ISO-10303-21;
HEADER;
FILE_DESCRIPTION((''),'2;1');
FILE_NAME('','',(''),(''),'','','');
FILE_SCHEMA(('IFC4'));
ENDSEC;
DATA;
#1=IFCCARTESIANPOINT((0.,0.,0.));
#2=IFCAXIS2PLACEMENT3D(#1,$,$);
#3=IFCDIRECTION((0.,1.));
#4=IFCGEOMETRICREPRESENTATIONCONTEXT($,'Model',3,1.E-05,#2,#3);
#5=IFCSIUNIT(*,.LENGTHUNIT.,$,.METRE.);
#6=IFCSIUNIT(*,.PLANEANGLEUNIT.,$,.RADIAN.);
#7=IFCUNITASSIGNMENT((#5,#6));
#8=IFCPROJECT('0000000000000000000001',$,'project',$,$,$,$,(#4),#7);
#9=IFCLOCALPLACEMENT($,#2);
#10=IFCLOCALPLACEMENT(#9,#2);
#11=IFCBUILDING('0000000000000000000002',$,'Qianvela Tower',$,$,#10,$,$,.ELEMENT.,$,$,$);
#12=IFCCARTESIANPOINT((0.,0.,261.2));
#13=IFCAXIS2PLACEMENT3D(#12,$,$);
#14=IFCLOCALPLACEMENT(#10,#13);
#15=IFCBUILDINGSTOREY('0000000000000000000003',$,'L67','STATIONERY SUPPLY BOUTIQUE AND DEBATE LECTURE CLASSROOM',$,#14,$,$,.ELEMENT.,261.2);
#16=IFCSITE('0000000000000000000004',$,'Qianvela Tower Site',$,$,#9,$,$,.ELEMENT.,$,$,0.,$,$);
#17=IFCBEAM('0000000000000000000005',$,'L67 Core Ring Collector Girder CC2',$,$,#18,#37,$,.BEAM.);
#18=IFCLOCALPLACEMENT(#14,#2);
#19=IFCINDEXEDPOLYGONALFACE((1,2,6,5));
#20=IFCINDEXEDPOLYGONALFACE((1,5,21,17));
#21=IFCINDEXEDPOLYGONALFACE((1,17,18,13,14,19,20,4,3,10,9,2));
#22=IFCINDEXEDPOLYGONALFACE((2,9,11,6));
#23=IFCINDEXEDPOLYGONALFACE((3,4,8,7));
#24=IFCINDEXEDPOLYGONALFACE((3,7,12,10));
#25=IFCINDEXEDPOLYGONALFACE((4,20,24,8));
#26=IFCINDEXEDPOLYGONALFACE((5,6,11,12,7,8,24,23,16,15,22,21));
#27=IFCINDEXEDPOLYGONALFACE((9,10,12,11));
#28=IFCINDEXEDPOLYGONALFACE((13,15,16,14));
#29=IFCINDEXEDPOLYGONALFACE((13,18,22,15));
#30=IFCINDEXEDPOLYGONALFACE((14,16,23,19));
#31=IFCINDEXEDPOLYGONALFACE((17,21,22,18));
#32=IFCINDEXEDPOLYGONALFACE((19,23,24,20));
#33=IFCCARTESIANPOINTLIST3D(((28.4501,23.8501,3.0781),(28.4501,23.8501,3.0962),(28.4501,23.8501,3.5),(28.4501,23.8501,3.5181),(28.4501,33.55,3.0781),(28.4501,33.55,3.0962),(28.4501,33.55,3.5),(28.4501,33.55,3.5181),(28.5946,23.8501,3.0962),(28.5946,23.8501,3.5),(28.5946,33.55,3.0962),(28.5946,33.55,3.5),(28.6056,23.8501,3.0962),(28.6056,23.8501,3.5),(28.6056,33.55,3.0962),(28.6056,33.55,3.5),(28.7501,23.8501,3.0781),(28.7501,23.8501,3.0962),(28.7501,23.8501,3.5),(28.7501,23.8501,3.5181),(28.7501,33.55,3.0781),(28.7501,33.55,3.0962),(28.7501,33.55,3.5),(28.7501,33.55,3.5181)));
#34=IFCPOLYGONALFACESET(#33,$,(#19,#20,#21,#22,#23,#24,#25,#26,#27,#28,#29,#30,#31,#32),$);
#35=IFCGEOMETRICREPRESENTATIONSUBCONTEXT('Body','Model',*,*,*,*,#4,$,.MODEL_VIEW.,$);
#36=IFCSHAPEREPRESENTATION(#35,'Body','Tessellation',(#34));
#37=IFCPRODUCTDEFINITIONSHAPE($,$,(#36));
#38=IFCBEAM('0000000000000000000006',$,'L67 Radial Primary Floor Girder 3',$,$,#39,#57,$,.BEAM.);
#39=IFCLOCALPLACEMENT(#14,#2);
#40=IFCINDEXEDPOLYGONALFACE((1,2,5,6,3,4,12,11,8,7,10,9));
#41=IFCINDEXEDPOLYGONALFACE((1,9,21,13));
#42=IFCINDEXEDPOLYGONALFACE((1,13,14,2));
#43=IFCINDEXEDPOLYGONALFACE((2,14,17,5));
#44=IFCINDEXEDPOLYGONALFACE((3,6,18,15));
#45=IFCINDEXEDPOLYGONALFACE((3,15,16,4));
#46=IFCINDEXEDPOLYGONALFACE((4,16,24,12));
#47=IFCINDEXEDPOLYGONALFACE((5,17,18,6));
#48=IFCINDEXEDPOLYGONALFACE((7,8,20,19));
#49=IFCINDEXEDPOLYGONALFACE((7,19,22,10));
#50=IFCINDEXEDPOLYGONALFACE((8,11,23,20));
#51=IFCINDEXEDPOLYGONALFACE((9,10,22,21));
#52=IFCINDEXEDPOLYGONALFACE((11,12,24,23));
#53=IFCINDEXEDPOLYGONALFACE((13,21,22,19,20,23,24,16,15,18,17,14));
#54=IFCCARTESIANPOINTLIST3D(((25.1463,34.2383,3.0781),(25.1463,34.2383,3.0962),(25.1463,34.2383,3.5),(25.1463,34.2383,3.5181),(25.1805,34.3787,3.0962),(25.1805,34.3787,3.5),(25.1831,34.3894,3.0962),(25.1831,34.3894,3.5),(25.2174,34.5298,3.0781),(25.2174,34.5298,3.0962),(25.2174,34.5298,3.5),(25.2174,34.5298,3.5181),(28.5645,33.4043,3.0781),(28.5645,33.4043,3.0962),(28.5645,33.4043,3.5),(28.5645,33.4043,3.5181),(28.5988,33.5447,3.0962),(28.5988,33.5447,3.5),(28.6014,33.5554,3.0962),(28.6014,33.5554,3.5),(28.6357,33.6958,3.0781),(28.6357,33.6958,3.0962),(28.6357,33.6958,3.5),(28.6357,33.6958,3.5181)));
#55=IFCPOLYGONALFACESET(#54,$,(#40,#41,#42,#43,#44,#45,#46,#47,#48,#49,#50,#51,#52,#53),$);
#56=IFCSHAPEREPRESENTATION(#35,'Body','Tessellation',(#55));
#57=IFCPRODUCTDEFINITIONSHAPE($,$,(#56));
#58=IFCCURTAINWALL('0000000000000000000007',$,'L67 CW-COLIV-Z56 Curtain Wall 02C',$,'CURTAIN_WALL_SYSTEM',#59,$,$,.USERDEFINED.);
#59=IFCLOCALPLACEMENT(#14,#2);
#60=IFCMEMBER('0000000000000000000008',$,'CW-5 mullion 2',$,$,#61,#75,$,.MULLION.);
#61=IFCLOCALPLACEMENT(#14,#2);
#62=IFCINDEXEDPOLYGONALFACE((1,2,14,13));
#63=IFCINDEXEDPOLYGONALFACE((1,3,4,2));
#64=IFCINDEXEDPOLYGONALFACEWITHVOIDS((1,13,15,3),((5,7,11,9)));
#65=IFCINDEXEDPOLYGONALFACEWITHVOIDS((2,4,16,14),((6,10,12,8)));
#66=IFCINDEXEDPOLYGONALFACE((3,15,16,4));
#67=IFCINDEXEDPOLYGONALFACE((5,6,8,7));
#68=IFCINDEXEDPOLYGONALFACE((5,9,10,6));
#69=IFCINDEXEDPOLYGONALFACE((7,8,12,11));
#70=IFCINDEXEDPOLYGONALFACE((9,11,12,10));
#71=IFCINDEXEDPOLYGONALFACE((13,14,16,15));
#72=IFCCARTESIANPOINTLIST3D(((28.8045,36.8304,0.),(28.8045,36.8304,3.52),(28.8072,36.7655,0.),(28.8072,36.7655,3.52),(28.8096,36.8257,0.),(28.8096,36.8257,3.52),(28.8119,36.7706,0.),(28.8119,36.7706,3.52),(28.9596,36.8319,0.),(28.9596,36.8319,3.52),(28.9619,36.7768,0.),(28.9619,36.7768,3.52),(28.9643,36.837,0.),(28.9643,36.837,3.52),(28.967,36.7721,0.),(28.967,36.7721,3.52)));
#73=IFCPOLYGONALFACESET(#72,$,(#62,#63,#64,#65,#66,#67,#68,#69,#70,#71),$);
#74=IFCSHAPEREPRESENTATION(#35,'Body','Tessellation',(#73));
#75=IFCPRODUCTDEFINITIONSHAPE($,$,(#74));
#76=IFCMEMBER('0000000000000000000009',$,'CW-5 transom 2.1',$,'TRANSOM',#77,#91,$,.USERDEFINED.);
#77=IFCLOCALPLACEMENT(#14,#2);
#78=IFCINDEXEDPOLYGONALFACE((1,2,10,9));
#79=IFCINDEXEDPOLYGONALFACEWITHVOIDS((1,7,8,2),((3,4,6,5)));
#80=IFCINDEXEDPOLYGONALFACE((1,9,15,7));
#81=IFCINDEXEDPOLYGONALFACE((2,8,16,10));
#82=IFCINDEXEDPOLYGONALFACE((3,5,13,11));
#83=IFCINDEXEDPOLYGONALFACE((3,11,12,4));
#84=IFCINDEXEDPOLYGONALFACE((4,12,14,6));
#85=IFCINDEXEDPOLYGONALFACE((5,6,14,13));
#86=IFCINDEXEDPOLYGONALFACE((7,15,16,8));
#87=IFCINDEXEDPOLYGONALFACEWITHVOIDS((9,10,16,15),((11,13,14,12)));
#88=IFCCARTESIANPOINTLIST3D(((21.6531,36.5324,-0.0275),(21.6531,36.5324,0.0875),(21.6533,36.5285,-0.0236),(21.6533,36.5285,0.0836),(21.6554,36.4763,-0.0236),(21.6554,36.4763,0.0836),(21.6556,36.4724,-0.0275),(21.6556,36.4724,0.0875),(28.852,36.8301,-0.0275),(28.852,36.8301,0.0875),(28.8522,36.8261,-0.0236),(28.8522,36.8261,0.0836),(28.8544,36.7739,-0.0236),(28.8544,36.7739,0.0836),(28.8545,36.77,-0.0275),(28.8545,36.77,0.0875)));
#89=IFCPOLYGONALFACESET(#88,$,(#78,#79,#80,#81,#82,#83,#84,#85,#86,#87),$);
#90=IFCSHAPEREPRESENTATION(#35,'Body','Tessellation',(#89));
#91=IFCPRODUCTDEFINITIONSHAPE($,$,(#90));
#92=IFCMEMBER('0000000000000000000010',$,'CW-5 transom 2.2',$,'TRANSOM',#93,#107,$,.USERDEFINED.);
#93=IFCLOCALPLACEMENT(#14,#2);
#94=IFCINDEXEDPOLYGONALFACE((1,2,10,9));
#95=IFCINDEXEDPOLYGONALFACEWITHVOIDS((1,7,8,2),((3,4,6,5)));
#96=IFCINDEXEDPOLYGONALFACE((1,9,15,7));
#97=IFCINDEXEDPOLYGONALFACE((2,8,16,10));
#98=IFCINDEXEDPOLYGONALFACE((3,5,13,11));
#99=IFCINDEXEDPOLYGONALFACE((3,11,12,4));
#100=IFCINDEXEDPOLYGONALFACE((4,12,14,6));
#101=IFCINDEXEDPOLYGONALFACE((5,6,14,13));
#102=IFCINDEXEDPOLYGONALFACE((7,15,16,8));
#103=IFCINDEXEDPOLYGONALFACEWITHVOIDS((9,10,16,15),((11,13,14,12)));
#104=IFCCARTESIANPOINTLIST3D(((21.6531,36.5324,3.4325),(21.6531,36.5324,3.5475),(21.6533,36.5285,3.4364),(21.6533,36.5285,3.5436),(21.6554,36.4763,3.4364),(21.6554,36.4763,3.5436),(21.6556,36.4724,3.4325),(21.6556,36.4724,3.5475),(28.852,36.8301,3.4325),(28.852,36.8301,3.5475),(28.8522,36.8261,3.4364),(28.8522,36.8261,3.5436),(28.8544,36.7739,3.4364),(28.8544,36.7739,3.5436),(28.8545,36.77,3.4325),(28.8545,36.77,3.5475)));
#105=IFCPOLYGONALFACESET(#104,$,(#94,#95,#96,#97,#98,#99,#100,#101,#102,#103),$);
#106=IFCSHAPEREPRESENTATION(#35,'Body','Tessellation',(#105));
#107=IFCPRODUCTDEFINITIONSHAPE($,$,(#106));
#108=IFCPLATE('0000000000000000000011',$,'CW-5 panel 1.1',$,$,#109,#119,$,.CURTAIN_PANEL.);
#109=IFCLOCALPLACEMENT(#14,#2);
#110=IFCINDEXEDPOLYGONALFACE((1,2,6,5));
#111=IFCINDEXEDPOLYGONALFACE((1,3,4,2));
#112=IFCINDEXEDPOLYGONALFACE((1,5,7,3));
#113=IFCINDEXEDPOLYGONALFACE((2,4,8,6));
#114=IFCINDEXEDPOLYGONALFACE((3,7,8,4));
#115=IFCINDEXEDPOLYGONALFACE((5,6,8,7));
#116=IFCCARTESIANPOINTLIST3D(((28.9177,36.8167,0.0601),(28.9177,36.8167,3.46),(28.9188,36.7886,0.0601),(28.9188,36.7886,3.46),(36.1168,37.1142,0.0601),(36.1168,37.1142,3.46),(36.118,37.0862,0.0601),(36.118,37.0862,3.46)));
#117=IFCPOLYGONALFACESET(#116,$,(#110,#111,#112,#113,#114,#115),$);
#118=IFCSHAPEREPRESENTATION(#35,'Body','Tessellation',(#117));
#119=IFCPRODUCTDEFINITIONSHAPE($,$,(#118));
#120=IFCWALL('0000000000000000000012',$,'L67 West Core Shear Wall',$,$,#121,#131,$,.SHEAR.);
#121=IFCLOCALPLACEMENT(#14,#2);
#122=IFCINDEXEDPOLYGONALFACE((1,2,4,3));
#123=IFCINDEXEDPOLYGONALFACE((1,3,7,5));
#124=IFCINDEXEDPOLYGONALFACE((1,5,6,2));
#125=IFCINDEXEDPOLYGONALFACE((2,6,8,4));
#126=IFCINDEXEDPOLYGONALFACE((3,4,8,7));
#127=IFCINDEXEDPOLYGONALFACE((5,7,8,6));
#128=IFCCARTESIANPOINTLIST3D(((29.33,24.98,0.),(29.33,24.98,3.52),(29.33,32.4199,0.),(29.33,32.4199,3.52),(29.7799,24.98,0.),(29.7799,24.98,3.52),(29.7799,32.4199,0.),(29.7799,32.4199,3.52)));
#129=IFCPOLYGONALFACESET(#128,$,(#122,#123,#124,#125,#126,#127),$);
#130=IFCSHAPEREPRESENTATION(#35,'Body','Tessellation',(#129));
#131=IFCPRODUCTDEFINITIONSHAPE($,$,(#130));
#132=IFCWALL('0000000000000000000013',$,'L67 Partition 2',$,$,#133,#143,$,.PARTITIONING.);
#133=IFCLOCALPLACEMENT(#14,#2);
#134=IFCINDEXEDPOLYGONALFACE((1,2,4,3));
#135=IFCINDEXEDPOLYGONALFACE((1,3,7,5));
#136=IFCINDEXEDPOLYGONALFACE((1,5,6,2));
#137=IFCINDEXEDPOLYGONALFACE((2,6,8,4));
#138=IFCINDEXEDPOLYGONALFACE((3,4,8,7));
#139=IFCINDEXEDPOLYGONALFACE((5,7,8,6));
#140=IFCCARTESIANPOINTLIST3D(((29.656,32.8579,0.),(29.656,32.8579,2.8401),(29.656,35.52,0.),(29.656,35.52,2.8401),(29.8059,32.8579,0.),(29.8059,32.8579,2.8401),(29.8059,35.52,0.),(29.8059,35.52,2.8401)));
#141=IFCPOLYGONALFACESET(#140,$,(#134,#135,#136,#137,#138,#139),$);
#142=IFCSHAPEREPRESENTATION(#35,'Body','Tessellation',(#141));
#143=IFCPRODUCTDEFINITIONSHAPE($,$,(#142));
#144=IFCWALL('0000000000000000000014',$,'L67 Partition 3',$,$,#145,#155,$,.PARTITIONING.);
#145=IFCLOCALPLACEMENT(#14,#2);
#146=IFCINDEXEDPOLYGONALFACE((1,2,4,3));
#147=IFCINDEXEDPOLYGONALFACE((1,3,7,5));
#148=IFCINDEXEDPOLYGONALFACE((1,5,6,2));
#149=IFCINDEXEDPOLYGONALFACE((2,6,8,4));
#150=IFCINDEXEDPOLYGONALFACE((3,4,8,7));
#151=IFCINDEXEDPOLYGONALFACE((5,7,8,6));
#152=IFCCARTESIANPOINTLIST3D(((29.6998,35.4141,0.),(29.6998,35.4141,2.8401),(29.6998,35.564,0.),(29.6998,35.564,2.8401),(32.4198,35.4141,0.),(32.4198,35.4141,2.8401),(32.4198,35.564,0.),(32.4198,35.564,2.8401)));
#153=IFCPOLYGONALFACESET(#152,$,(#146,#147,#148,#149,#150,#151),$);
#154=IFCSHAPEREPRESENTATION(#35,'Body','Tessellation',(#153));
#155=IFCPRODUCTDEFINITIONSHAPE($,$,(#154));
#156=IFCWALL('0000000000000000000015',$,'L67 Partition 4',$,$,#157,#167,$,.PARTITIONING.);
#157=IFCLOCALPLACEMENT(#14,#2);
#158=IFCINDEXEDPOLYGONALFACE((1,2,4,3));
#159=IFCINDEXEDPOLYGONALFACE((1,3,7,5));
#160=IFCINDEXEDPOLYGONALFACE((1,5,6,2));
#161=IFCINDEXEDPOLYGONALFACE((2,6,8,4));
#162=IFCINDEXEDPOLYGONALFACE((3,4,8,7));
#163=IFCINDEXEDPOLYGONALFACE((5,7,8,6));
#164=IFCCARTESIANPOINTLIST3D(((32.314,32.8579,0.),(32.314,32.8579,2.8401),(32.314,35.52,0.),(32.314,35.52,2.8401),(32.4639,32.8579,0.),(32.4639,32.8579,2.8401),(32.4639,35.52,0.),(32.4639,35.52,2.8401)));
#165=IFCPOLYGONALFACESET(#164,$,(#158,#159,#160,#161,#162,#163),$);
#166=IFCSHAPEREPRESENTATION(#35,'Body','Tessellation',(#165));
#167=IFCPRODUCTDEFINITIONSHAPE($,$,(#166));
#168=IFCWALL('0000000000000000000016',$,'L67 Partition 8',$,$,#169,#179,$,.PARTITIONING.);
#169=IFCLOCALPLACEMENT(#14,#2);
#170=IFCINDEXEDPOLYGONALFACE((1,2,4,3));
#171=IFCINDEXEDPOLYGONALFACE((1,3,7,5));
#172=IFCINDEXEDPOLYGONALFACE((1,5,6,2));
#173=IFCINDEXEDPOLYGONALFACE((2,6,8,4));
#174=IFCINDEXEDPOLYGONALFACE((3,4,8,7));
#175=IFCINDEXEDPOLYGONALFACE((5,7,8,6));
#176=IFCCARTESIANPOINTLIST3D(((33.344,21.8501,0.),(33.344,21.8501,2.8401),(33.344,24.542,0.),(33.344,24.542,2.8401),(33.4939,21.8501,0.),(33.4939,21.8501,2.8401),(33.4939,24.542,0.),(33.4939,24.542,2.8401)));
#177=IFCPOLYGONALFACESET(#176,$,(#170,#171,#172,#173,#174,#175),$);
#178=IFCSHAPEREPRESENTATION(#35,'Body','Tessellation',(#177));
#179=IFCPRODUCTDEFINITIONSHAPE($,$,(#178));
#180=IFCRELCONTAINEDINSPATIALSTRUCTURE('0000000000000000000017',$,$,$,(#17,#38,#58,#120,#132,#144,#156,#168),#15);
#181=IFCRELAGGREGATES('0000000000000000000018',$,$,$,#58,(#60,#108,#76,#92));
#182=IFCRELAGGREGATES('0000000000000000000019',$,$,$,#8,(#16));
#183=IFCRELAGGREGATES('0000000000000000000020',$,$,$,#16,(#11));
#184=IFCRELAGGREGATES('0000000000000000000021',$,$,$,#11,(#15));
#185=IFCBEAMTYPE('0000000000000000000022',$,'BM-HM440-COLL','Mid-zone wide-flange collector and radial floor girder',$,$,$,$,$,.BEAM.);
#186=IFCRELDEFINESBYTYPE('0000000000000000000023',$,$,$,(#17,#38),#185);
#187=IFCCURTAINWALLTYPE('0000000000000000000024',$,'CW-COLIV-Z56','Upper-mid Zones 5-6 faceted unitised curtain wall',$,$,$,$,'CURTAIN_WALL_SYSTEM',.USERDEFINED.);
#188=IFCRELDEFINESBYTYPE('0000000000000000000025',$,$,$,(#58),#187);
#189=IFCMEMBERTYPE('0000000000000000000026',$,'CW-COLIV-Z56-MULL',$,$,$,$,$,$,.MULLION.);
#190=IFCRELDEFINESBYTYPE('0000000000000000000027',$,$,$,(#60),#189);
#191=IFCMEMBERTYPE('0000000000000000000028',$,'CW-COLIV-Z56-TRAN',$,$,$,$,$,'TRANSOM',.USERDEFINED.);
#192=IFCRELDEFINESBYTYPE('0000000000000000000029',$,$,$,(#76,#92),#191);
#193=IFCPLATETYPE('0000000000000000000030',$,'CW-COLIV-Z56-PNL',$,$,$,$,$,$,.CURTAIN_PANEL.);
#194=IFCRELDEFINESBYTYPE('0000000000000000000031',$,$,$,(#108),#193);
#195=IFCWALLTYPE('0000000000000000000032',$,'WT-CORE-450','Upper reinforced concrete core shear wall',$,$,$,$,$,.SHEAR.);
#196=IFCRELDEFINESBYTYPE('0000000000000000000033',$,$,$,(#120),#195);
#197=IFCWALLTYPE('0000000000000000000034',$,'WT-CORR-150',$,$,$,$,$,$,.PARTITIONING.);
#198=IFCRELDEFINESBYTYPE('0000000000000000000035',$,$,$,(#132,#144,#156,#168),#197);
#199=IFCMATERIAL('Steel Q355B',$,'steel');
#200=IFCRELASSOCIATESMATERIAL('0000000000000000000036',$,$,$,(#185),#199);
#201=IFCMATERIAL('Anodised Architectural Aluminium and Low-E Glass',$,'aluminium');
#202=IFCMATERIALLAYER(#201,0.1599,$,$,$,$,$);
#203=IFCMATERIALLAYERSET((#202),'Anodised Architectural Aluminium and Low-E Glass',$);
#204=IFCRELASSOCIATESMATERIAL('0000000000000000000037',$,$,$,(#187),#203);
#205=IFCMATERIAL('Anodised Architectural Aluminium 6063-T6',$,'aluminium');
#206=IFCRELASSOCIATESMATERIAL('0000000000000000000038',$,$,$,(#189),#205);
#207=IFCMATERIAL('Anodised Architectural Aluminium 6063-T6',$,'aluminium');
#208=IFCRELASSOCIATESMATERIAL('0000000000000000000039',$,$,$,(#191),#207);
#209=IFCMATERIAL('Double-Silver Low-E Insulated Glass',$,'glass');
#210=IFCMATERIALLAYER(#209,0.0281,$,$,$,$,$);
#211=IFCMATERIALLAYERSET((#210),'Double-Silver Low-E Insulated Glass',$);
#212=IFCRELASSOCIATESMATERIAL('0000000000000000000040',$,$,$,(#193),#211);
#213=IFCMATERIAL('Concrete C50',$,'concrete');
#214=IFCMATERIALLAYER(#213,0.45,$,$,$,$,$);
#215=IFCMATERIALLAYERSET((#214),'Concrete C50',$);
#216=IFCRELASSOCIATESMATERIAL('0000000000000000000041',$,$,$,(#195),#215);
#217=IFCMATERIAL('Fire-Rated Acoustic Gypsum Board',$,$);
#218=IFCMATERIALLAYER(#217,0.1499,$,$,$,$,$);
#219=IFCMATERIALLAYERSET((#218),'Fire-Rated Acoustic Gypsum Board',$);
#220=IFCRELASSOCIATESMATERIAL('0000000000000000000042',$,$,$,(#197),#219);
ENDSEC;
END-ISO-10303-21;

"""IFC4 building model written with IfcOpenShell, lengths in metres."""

from ifc_helpers import new_model, si_unit, direction, frame, frame_2d, origin, origin_2d, place, context, subcontext, project, spatial, rectangle, hollow_rectangle, i_section, extrude, material, layer, layer_set, material_profile, profile_set, type_object, element, aggregate, save


model = new_model("IFC4")

# Units and contexts
model_context = context("Model", 3, precision=1e-05, world=origin(), true_north=direction((0.0, 1.0)))
body_context = subcontext(model_context, "Body", "Model", "MODEL_VIEW")
ifc_project = project(units=[si_unit("LENGTHUNIT", "METRE"), si_unit("PLANEANGLEUNIT", "RADIAN")], contexts=[model_context])

# Site, building, storey
site_placement = place(None, origin())
site = spatial("IfcSite", under=ifc_project, at=site_placement, Name="Qianvela Tower Site", CompositionType="ELEMENT", RefElevation=0.0)
building_placement = place(site_placement, origin())
building = spatial("IfcBuilding", under=site, at=building_placement, Name="Qianvela Tower", CompositionType="ELEMENT")
storey_placement = place(building_placement, frame((0.0, 0.0, 261.2)))
storey = spatial("IfcBuildingStorey", under=building, at=storey_placement, Name="L67", Description="STATIONERY SUPPLY BOUTIQUE AND DEBATE LECTURE CLASSROOM", CompositionType="ELEMENT", Elevation=261.2)

# Beams
ifc_material_1 = material(Name="Steel Q355B", Category="steel")
ifc_material_profile_1 = material_profile(ifc_material_1, i_section(OverallWidth=0.3, OverallDepth=0.4399, WebThickness=0.011, FlangeThickness=0.0181, at=origin_2d()), Name="HM440x300x11x18")
ifc_profile_set_1 = profile_set([ifc_material_profile_1], Name="Steel Q355B")
beam_type = type_object("IfcBeamType", Name="BM-HM440-COLL", Description="Mid-zone wide-flange collector and radial floor girder", PredefinedType="BEAM", material=ifc_profile_set_1)
beam_1_placement = place(storey_placement, frame((28.6001, 33.55, 3.2981), z_axis=(0.0, -1.0, 0.0), x_axis=(1.0, 0.0, 0.0)))
element("IfcBeam", 1, at=beam_1_placement, inside=storey, type_object=beam_type, Name="L67 Core Ring Collector Girder CC2", PredefinedType="BEAM", context=body_context, shape_type="SweptSolid", body=[
    extrude(i_section(OverallWidth=0.3, OverallDepth=0.4399, WebThickness=0.011, FlangeThickness=0.0181, at=origin_2d()), origin(), (0.0, 0.0, 1.0), 9.7),
])
beam_2_placement = place(storey_placement, frame((28.6001, 33.55, 3.2981), z_axis=(-0.971502, 0.23703, 0.0), x_axis=(-0.23703, -0.971502, 0.0)))
element("IfcBeam", 2, at=beam_2_placement, inside=storey, type_object=beam_type, Name="L67 Radial Primary Floor Girder 3", PredefinedType="BEAM", context=body_context, shape_type="SweptSolid", body=[
    extrude(i_section(OverallWidth=0.3, OverallDepth=0.4399, WebThickness=0.011, FlangeThickness=0.0181, at=origin_2d()), origin(), (0.0, 0.0, 1.0), 3.5186),
])

# Curtain wall, members, plate
ifc_material_2 = material(Name="Anodised Architectural Aluminium and Low-E Glass", Category="aluminium")
ifc_layer_1 = layer(ifc_material_2, 0.1599)
ifc_layer_set_1 = layer_set([ifc_layer_1], Name="Anodised Architectural Aluminium and Low-E Glass")
curtain_wall_type = type_object("IfcCurtainWallType", Name="CW-COLIV-Z56", Description="Upper-mid Zones 5-6 faceted unitised curtain wall", ElementType="CURTAIN_WALL_SYSTEM", PredefinedType="USERDEFINED", material=ifc_layer_set_1)
curtain_wall_placement = place(storey_placement, origin())
curtain_wall = element("IfcCurtainWall", 3, at=curtain_wall_placement, inside=storey, type_object=curtain_wall_type, Name="L67 CW-COLIV-Z56 Curtain Wall 02C", ObjectType="CURTAIN_WALL_SYSTEM", PredefinedType="USERDEFINED")
ifc_material_3 = material(Name="Anodised Architectural Aluminium 6063-T6", Category="aluminium")
ifc_material_profile_2 = material_profile(ifc_material_3, hollow_rectangle(XDim=0.0649, YDim=0.1599, WallThickness=0.0049, at=origin_2d()), Name="ALU-MULL-65x160")
ifc_profile_set_2 = profile_set([ifc_material_profile_2], Name="Anodised Architectural Aluminium 6063-T6")
member_type_1 = type_object("IfcMemberType", Name="CW-COLIV-Z56-MULL", PredefinedType="MULLION", material=ifc_profile_set_2)
member_1_placement = place(storey_placement, frame((28.8857, 36.8013, 0.0), z_axis=(0.0, 0.0, 1.0), x_axis=(0.0413, -0.999147, 0.0)))
member_1 = element("IfcMember", 4, at=member_1_placement, type_object=member_type_1, Name="CW-5 mullion 2", PredefinedType="MULLION", context=body_context, shape_type="SweptSolid", body=[
    extrude(hollow_rectangle(XDim=0.0649, YDim=0.1599, WallThickness=0.0049, at=origin_2d()), origin(), (0.0, 0.0, 1.0), 3.52),
])
ifc_material_4 = material(Name="Anodised Architectural Aluminium 6063-T6", Category="aluminium")
ifc_material_profile_3 = material_profile(ifc_material_4, hollow_rectangle(XDim=0.0601, YDim=0.115, WallThickness=0.0039, at=origin_2d()), Name="ALU-TRAN-60x115")
ifc_profile_set_3 = profile_set([ifc_material_profile_3], Name="Anodised Architectural Aluminium 6063-T6")
member_type_2 = type_object("IfcMemberType", Name="CW-COLIV-Z56-TRAN", ElementType="TRANSOM", PredefinedType="USERDEFINED", material=ifc_profile_set_3)
member_2_placement = place(storey_placement, frame((28.8533, 36.8, 0.03), z_axis=(-0.999147, -0.041305, 0.0), x_axis=(0.041305, -0.999147, 0.0)))
member_2 = element("IfcMember", 5, at=member_2_placement, type_object=member_type_2, Name="CW-5 transom 2.1", ObjectType="TRANSOM", PredefinedType="USERDEFINED", context=body_context, shape_type="SweptSolid", body=[
    extrude(hollow_rectangle(XDim=0.0601, YDim=0.115, WallThickness=0.0039, at=origin_2d()), origin(), (0.0, 0.0, 1.0), 7.2051),
])
member_3_placement = place(storey_placement, frame((28.8533, 36.8, 3.49), z_axis=(-0.999147, -0.041305, 0.0), x_axis=(0.041305, -0.999147, 0.0)))
member_3 = element("IfcMember", 6, at=member_3_placement, type_object=member_type_2, Name="CW-5 transom 2.2", ObjectType="TRANSOM", PredefinedType="USERDEFINED", context=body_context, shape_type="SweptSolid", body=[
    extrude(hollow_rectangle(XDim=0.0601, YDim=0.115, WallThickness=0.0039, at=origin_2d()), origin(), (0.0, 0.0, 1.0), 7.2051),
])
ifc_material_5 = material(Name="Double-Silver Low-E Insulated Glass", Category="glass")
ifc_layer_2 = layer(ifc_material_5, 0.0281)
ifc_layer_set_2 = layer_set([ifc_layer_2], Name="Double-Silver Low-E Insulated Glass")
plate_type = type_object("IfcPlateType", Name="CW-COLIV-Z56-PNL", PredefinedType="CURTAIN_PANEL", material=ifc_layer_set_2)
plate_placement = place(storey_placement, frame((32.5178, 36.9514, 0.0601), z_axis=(0.0, 0.0, 1.0), x_axis=(-0.999147, -0.0413, 0.0)))
plate = element("IfcPlate", 7, at=plate_placement, type_object=plate_type, Name="CW-5 panel 1.1", PredefinedType="CURTAIN_PANEL", context=body_context, shape_type="SweptSolid", body=[
    extrude(rectangle(XDim=7.2053, YDim=0.0281, at=origin_2d()), origin(), (0.0, 0.0, 1.0), 3.3999),
])
aggregate(curtain_wall, [member_1, plate, member_2, member_3])

# Shared definitions
ifc_material_6 = material(Name="Concrete C50", Category="concrete")
ifc_layer_3 = layer(ifc_material_6, 0.45)
ifc_layer_set_3 = layer_set([ifc_layer_3], Name="Concrete C50")
wall_type_1 = type_object("IfcWallType", Name="WT-CORE-450", Description="Upper reinforced concrete core shear wall", PredefinedType="SHEAR", material=ifc_layer_set_3)

# Walls
wall_1_placement = place(storey_placement, frame((29.5549, 24.98, 0.0), z_axis=(0.0, 0.0, 1.0), x_axis=(0.0, 1.0, 0.0)))
element("IfcWall", 8, at=wall_1_placement, inside=storey, type_object=wall_type_1, Name="L67 West Core Shear Wall", PredefinedType="SHEAR", context=body_context, shape_type="SweptSolid", body=[
    extrude(rectangle(XDim=7.4399, YDim=0.45, at=frame_2d((3.72, 0.0))), origin(), (0.0, 0.0, 1.0), 3.52),
])
ifc_material_7 = material(Name="Fire-Rated Acoustic Gypsum Board")
ifc_layer_4 = layer(ifc_material_7, 0.1499)
ifc_layer_set_4 = layer_set([ifc_layer_4], Name="Fire-Rated Acoustic Gypsum Board")
wall_type_2 = type_object("IfcWallType", Name="WT-CORR-150", PredefinedType="PARTITIONING", material=ifc_layer_set_4)
wall_2_placement = place(storey_placement, frame((29.731, 32.8579, 0.0), z_axis=(0.0, 0.0, 1.0), x_axis=(0.0, 1.0, 0.0)))
element("IfcWall", 9, at=wall_2_placement, inside=storey, type_object=wall_type_2, Name="L67 Partition 2", PredefinedType="PARTITIONING", context=body_context, shape_type="SweptSolid", body=[
    extrude(rectangle(XDim=2.6621, YDim=0.1499, at=frame_2d((1.3311, 0.0))), origin(), (0.0, 0.0, 1.0), 2.8401),
])
wall_3_placement = place(storey_placement, frame((29.7, 35.489, 0.0), z_axis=(0.0, 0.0, 1.0), x_axis=(1.0, 0.0, 0.0)))
element("IfcWall", 10, at=wall_3_placement, inside=storey, type_object=wall_type_2, Name="L67 Partition 3", PredefinedType="PARTITIONING", context=body_context, shape_type="SweptSolid", body=[
    extrude(rectangle(XDim=2.72, YDim=0.1499, at=frame_2d((1.3599, 0.0))), origin(), (0.0, 0.0, 1.0), 2.8401),
])
wall_4_placement = place(storey_placement, frame((32.3889, 35.52, 0.0), z_axis=(0.0, 0.0, 1.0), x_axis=(0.0, -1.0, 0.0)))
element("IfcWall", 11, at=wall_4_placement, inside=storey, type_object=wall_type_2, Name="L67 Partition 4", PredefinedType="PARTITIONING", context=body_context, shape_type="SweptSolid", body=[
    extrude(rectangle(XDim=2.6621, YDim=0.1499, at=frame_2d((1.3311, 0.0))), origin(), (0.0, 0.0, 1.0), 2.8401),
])
wall_5_placement = place(storey_placement, frame((33.4189, 24.542, 0.0), z_axis=(0.0, 0.0, 1.0), x_axis=(0.0, -1.0, 0.0)))
element("IfcWall", 12, at=wall_5_placement, inside=storey, type_object=wall_type_2, Name="L67 Partition 8", PredefinedType="PARTITIONING", context=body_context, shape_type="SweptSolid", body=[
    extrude(rectangle(XDim=2.6919, YDim=0.1499, at=frame_2d((1.3459, 0.0))), origin(), (0.0, 0.0, 1.0), 2.8401),
])

save(model, "model.ifc")
